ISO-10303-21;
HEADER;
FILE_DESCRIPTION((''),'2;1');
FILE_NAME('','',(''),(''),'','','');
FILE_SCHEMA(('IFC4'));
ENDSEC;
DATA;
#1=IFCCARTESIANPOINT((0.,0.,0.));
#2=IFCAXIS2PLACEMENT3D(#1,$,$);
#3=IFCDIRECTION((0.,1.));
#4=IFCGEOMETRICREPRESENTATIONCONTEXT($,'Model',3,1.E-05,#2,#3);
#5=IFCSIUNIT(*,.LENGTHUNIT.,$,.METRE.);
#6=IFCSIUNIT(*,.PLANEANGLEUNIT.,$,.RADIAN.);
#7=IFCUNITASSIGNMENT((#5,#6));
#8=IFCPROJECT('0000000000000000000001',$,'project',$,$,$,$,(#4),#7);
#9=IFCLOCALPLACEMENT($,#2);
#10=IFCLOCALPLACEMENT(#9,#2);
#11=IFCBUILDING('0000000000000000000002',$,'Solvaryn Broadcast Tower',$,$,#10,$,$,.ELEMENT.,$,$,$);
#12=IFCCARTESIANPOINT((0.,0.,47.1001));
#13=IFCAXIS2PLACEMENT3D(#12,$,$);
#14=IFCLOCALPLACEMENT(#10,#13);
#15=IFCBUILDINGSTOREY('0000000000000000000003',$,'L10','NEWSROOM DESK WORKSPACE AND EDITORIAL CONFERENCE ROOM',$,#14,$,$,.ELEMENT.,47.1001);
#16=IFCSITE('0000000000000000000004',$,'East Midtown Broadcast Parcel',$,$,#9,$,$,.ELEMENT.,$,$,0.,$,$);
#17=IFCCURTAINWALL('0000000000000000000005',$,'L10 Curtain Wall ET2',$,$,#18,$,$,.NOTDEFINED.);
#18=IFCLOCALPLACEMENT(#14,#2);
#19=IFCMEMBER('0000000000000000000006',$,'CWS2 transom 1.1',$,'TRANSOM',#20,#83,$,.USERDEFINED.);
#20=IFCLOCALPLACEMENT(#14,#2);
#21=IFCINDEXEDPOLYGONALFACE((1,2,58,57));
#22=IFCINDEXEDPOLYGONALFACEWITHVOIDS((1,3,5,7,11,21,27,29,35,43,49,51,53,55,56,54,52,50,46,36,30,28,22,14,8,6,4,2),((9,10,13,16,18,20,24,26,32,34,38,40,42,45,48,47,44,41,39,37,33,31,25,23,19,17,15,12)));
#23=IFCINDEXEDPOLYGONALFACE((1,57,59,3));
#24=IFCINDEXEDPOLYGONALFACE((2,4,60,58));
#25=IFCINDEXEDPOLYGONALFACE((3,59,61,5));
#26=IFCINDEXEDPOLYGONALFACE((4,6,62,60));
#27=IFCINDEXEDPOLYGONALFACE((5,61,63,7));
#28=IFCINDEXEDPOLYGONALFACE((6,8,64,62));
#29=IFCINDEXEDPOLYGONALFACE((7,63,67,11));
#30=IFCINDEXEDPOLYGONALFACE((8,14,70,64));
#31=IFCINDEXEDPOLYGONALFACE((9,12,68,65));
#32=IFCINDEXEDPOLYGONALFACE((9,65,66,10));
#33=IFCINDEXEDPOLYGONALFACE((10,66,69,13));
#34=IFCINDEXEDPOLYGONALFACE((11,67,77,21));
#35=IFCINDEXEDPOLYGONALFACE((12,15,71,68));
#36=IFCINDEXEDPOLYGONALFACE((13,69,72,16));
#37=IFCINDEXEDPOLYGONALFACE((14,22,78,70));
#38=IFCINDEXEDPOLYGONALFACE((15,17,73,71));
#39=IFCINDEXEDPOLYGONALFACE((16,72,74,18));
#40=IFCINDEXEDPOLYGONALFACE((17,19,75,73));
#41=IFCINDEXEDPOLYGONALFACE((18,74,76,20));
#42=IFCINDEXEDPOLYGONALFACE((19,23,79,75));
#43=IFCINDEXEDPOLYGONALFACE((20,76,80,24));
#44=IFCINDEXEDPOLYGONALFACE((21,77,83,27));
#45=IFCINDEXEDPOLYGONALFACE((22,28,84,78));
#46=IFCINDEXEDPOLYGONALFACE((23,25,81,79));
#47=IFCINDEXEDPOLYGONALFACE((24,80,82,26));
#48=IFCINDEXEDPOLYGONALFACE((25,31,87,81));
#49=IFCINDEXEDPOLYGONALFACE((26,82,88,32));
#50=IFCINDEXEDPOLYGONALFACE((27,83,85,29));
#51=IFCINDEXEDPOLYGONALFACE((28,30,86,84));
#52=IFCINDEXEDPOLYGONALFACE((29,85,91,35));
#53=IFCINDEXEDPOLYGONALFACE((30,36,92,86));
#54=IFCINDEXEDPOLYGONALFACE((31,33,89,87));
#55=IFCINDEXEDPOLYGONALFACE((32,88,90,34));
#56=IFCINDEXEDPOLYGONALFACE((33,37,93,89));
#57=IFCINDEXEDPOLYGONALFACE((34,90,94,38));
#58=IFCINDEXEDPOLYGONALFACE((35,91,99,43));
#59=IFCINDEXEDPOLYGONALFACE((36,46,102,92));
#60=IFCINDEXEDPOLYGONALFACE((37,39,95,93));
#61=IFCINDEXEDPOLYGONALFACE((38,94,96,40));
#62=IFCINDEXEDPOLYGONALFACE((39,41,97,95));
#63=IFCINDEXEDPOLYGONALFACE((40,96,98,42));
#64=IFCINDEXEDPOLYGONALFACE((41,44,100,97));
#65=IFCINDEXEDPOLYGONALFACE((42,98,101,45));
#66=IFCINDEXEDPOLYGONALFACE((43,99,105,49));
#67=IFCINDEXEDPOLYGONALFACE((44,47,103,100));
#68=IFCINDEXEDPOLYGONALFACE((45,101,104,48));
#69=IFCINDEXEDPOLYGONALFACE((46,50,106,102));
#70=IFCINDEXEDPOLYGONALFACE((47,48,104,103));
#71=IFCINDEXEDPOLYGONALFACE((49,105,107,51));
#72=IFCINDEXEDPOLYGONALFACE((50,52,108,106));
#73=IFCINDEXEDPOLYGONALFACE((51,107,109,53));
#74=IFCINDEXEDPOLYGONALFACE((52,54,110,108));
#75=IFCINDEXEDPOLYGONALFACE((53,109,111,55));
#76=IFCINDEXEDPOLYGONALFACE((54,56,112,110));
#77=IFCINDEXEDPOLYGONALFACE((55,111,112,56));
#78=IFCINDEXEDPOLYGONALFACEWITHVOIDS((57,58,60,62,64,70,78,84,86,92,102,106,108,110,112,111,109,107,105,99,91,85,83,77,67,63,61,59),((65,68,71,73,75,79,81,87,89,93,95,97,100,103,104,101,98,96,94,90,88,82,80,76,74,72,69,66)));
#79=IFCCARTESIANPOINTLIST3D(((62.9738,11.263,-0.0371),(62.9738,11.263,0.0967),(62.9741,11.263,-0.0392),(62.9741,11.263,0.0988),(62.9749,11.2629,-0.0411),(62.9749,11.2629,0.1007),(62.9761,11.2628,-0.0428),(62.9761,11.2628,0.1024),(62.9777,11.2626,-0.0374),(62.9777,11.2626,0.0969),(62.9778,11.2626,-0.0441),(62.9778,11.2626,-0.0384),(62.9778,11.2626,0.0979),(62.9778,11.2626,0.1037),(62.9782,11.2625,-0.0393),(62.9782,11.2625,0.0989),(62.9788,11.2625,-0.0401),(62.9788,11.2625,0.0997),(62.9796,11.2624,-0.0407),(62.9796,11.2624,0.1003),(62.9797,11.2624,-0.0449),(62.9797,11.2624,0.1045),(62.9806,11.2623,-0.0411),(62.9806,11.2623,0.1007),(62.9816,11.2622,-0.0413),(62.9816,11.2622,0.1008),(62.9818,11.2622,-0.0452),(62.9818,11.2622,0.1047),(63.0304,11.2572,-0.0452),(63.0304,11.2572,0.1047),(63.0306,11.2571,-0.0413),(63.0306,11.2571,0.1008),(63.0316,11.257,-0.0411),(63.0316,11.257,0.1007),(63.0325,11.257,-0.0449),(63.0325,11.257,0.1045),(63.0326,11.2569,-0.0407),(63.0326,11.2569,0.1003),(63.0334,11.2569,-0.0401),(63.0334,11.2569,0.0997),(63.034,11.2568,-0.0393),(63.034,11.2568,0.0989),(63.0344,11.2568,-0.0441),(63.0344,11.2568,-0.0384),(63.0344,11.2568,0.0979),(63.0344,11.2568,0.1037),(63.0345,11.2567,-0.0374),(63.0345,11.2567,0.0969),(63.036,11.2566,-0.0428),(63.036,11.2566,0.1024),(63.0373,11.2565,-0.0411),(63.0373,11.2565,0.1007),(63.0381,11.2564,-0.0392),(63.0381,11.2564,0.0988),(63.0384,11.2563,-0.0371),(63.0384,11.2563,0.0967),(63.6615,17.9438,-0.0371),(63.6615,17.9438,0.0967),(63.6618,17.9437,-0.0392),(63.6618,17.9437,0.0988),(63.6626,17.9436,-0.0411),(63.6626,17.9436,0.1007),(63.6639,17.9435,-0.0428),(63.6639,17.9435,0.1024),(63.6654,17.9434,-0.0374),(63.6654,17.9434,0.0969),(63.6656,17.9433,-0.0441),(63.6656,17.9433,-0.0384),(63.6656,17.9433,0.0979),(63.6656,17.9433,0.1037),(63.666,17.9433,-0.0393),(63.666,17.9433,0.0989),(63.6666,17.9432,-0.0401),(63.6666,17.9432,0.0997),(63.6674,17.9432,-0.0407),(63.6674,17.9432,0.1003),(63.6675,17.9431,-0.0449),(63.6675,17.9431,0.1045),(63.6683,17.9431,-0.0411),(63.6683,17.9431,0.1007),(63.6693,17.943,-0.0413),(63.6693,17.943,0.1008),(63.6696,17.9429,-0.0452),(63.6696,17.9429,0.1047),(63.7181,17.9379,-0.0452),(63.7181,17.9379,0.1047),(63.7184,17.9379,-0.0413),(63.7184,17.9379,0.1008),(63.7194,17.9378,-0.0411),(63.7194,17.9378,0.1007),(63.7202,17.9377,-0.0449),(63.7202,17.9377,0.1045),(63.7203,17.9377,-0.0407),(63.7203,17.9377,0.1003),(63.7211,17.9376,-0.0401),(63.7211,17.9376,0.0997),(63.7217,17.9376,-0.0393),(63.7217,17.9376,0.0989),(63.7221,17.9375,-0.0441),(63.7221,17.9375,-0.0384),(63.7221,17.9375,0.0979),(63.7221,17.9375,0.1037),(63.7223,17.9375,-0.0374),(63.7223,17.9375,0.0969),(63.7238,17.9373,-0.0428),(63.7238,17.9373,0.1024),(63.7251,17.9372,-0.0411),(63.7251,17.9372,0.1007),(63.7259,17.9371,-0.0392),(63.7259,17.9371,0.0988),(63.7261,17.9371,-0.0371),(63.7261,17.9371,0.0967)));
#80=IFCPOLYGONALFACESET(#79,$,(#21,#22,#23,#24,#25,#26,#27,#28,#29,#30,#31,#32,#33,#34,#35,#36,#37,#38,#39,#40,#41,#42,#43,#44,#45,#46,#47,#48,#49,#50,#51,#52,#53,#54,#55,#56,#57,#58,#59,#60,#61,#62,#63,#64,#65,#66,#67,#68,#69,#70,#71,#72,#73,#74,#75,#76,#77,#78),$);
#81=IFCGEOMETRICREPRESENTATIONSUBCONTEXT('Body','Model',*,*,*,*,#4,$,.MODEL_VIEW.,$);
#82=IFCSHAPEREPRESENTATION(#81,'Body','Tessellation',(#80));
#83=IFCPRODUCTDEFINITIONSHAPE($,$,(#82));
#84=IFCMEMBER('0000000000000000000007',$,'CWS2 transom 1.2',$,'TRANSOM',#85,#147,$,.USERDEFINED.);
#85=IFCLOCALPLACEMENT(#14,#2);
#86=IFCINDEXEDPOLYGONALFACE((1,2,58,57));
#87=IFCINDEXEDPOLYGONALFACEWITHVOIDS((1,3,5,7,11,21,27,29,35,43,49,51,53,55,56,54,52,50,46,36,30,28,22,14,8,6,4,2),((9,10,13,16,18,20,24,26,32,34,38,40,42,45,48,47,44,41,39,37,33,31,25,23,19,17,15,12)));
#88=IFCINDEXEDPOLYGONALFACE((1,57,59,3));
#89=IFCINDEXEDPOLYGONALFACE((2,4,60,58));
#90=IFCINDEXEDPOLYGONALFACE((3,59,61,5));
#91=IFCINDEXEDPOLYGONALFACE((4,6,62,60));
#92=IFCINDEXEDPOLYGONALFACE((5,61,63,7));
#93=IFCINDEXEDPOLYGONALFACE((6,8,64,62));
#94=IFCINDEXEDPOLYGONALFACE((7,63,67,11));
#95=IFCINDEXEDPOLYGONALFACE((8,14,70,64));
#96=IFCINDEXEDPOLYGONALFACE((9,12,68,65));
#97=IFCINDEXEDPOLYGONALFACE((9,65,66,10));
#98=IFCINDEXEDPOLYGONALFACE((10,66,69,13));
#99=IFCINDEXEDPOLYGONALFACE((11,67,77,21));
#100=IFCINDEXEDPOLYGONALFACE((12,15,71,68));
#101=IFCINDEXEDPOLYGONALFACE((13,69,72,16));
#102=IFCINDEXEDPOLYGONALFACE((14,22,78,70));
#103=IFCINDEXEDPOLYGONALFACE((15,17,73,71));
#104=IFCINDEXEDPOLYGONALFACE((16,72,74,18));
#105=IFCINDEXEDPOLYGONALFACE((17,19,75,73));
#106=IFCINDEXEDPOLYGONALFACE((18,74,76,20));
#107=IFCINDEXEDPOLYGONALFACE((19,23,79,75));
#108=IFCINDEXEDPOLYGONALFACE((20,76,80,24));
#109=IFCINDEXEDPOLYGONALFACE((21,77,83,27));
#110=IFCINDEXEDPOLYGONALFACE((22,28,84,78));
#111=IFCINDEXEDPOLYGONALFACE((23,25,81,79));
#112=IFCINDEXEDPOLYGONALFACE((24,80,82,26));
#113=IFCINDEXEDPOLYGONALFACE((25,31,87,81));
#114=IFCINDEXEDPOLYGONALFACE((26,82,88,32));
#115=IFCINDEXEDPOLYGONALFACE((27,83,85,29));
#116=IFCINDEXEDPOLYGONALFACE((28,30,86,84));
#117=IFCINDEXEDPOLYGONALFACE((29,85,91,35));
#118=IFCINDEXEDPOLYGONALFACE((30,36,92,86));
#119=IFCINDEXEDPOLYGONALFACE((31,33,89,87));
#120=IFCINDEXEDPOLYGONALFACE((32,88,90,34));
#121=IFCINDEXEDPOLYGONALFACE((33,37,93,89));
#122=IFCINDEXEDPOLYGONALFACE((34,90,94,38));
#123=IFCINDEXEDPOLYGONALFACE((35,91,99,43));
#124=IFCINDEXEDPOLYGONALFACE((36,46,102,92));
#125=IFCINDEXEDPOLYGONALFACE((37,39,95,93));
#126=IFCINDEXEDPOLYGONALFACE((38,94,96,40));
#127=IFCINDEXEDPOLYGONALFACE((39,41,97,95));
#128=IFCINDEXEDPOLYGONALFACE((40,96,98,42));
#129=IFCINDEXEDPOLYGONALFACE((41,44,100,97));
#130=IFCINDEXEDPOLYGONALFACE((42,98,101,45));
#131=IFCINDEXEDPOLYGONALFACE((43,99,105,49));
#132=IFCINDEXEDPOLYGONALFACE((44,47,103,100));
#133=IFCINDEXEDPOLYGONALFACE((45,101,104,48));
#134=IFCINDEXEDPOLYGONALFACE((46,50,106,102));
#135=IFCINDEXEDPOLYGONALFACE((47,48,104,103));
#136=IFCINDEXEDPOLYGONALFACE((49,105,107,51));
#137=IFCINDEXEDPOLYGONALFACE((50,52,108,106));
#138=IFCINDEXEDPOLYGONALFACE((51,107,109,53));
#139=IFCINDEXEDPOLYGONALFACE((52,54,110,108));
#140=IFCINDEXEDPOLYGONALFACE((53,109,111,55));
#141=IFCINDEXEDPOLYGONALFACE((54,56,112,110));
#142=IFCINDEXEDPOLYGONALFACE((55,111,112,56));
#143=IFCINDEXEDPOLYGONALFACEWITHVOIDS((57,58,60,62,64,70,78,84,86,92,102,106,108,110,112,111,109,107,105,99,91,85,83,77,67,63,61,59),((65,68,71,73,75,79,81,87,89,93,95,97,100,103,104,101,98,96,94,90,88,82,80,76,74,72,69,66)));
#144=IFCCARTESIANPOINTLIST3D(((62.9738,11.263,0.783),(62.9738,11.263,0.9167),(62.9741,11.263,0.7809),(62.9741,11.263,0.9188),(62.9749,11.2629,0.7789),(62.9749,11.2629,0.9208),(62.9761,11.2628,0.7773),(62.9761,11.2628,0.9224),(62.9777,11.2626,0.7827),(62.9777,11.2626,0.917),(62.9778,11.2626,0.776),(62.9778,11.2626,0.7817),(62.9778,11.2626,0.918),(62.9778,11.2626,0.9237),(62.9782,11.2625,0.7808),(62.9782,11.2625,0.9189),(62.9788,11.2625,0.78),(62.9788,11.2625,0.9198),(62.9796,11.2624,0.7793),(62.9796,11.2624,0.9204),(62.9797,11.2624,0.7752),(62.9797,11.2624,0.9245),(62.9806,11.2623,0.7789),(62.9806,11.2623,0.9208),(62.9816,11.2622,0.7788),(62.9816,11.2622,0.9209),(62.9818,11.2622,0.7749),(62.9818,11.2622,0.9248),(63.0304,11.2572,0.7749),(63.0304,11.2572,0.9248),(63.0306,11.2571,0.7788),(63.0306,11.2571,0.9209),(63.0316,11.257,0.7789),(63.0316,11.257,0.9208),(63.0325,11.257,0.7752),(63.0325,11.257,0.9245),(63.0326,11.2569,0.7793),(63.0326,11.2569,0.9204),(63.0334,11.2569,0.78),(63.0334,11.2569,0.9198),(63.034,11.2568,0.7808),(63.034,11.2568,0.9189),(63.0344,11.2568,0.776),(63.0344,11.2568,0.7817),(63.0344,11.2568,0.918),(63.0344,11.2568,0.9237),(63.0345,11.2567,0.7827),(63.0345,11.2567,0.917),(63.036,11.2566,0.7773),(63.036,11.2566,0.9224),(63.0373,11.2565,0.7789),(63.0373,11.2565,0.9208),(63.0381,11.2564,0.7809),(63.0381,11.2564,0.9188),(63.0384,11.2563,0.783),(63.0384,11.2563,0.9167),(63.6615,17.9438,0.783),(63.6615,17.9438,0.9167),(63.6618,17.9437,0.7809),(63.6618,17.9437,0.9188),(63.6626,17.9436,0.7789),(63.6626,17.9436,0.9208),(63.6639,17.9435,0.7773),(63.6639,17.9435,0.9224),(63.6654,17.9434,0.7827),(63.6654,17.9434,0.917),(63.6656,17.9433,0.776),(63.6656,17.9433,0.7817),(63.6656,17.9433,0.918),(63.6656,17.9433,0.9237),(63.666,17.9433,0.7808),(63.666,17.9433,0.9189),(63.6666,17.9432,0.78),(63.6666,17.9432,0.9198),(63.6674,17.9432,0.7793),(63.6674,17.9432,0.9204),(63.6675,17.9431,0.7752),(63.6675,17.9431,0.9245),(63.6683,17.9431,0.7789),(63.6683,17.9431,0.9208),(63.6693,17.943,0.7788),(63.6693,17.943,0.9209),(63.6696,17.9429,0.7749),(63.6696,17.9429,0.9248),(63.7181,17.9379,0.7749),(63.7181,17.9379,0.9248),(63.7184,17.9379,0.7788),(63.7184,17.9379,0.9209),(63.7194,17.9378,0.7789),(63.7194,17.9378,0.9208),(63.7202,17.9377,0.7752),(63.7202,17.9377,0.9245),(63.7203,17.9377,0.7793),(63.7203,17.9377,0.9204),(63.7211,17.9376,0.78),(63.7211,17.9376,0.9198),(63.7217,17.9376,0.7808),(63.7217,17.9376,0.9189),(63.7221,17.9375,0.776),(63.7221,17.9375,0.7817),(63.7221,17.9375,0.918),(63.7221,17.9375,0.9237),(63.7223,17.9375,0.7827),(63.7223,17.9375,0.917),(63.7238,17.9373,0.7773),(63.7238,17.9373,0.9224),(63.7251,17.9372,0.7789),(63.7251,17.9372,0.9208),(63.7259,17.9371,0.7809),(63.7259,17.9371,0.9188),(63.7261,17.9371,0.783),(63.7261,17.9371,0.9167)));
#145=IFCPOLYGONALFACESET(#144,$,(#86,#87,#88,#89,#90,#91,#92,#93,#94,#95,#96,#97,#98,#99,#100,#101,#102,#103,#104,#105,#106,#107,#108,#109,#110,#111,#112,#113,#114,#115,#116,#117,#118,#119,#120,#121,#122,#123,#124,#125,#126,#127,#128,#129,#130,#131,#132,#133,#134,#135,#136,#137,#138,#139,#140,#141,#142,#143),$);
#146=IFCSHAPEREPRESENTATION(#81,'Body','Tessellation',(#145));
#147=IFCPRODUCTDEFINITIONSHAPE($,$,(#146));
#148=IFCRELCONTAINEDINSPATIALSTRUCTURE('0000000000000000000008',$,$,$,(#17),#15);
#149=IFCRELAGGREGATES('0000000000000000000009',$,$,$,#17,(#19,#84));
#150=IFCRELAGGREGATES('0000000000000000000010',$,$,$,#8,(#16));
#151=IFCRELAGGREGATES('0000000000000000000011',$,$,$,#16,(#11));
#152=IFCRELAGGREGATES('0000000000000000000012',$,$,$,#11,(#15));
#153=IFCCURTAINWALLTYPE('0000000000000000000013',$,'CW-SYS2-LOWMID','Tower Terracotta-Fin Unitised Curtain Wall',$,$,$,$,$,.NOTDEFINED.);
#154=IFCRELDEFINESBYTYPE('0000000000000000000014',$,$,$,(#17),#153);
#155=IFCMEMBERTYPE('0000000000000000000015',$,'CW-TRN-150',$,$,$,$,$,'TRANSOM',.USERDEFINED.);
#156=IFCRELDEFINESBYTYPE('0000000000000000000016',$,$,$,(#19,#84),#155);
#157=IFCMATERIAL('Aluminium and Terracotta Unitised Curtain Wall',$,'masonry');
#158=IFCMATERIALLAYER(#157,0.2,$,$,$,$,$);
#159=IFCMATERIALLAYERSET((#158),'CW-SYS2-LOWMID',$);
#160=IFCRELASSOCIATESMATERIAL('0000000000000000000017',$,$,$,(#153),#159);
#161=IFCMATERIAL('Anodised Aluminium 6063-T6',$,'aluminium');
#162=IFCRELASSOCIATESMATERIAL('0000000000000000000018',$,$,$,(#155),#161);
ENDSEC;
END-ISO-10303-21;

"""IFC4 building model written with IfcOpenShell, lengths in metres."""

from ifc_helpers import new_model, si_unit, direction, frame, origin, origin_2d, place, context, subcontext, project, spatial, hollow_rectangle, extrude, material, layer, layer_set, material_profile, profile_set, type_object, element, aggregate, save


model = new_model("IFC4")

# Units and contexts
model_context = context("Model", 3, precision=1e-05, world=origin(), true_north=direction((0.0, 1.0)))
body_context = subcontext(model_context, "Body", "Model", "MODEL_VIEW")
ifc_project = project(units=[si_unit("LENGTHUNIT", "METRE"), si_unit("PLANEANGLEUNIT", "RADIAN")], contexts=[model_context])

# Site, building, storey
site_placement = place(None, origin())
site = spatial("IfcSite", under=ifc_project, at=site_placement, Name="East Midtown Broadcast Parcel", CompositionType="ELEMENT", RefElevation=0.0)
building_placement = place(site_placement, origin())
building = spatial("IfcBuilding", under=site, at=building_placement, Name="Solvaryn Broadcast Tower", CompositionType="ELEMENT")
storey_placement = place(building_placement, frame((0.0, 0.0, 47.1001)))
storey = spatial("IfcBuildingStorey", under=building, at=storey_placement, Name="L10", Description="NEWSROOM DESK WORKSPACE AND EDITORIAL CONFERENCE ROOM", CompositionType="ELEMENT", Elevation=47.1001)

# Shared definitions
ifc_material_1 = material(Name="Aluminium and Terracotta Unitised Curtain Wall", Category="masonry")
ifc_layer_1 = layer(ifc_material_1, 0.2)
ifc_layer_set_1 = layer_set([ifc_layer_1], Name="CW-SYS2-LOWMID")
curtain_wall_type = type_object("IfcCurtainWallType", Name="CW-SYS2-LOWMID", Description="Tower Terracotta-Fin Unitised Curtain Wall", PredefinedType="NOTDEFINED", material=ifc_layer_set_1)

# Curtain wall, members
curtain_wall_1_placement = place(storey_placement, origin())
curtain_wall_1 = element("IfcCurtainWall", 1, at=curtain_wall_1_placement, inside=storey, type_object=curtain_wall_type, Name="L10 Curtain Wall ET2", PredefinedType="NOTDEFINED")
ifc_material_2 = material(Name="Anodised Aluminium 6063-T6", Category="aluminium")
ifc_material_profile_1 = material_profile(ifc_material_2, hollow_rectangle(XDim=0.0649, YDim=0.1499, WallThickness=0.0039, InnerFilletRadius=0.0039, OuterFilletRadius=0.0081, at=origin_2d()))
ifc_profile_set_1 = profile_set([ifc_material_profile_1], Name="Anodised Aluminium 6063-T6")
member_type_1 = type_object("IfcMemberType", Name="CW-TRN-150", ElementType="TRANSOM", PredefinedType="USERDEFINED", material=ifc_profile_set_1)
member_1_placement = place(storey_placement, frame((63.6938, 17.9404, 0.0298), z_axis=(-0.102404, -0.994743, 0.0), x_axis=(0.994743, -0.102404, 0.0)))
member_1 = element("IfcMember", 2, at=member_1_placement, type_object=member_type_1, Name="CWS2 transom 1.1", ObjectType="TRANSOM", PredefinedType="USERDEFINED", context=body_context, shape_type="SweptSolid", body=[
    extrude(hollow_rectangle(XDim=0.0649, YDim=0.1499, WallThickness=0.0039, InnerFilletRadius=0.0039, OuterFilletRadius=0.0081, at=origin_2d()), origin(), (0.0, 0.0, 1.0), 6.7161),
])
member_2_placement = place(storey_placement, frame((63.6938, 17.9404, 0.8499), z_axis=(-0.102404, -0.994743, 0.0), x_axis=(0.994743, -0.102404, 0.0)))
member_2 = element("IfcMember", 3, at=member_2_placement, type_object=member_type_1, Name="CWS2 transom 1.2", ObjectType="TRANSOM", PredefinedType="USERDEFINED", context=body_context, shape_type="SweptSolid", body=[
    extrude(hollow_rectangle(XDim=0.0649, YDim=0.1499, WallThickness=0.0039, InnerFilletRadius=0.0039, OuterFilletRadius=0.0081, at=origin_2d()), origin(), (0.0, 0.0, 1.0), 6.7161),
])
aggregate(curtain_wall_1, [member_1, member_2])

save(model, "model.ifc")
